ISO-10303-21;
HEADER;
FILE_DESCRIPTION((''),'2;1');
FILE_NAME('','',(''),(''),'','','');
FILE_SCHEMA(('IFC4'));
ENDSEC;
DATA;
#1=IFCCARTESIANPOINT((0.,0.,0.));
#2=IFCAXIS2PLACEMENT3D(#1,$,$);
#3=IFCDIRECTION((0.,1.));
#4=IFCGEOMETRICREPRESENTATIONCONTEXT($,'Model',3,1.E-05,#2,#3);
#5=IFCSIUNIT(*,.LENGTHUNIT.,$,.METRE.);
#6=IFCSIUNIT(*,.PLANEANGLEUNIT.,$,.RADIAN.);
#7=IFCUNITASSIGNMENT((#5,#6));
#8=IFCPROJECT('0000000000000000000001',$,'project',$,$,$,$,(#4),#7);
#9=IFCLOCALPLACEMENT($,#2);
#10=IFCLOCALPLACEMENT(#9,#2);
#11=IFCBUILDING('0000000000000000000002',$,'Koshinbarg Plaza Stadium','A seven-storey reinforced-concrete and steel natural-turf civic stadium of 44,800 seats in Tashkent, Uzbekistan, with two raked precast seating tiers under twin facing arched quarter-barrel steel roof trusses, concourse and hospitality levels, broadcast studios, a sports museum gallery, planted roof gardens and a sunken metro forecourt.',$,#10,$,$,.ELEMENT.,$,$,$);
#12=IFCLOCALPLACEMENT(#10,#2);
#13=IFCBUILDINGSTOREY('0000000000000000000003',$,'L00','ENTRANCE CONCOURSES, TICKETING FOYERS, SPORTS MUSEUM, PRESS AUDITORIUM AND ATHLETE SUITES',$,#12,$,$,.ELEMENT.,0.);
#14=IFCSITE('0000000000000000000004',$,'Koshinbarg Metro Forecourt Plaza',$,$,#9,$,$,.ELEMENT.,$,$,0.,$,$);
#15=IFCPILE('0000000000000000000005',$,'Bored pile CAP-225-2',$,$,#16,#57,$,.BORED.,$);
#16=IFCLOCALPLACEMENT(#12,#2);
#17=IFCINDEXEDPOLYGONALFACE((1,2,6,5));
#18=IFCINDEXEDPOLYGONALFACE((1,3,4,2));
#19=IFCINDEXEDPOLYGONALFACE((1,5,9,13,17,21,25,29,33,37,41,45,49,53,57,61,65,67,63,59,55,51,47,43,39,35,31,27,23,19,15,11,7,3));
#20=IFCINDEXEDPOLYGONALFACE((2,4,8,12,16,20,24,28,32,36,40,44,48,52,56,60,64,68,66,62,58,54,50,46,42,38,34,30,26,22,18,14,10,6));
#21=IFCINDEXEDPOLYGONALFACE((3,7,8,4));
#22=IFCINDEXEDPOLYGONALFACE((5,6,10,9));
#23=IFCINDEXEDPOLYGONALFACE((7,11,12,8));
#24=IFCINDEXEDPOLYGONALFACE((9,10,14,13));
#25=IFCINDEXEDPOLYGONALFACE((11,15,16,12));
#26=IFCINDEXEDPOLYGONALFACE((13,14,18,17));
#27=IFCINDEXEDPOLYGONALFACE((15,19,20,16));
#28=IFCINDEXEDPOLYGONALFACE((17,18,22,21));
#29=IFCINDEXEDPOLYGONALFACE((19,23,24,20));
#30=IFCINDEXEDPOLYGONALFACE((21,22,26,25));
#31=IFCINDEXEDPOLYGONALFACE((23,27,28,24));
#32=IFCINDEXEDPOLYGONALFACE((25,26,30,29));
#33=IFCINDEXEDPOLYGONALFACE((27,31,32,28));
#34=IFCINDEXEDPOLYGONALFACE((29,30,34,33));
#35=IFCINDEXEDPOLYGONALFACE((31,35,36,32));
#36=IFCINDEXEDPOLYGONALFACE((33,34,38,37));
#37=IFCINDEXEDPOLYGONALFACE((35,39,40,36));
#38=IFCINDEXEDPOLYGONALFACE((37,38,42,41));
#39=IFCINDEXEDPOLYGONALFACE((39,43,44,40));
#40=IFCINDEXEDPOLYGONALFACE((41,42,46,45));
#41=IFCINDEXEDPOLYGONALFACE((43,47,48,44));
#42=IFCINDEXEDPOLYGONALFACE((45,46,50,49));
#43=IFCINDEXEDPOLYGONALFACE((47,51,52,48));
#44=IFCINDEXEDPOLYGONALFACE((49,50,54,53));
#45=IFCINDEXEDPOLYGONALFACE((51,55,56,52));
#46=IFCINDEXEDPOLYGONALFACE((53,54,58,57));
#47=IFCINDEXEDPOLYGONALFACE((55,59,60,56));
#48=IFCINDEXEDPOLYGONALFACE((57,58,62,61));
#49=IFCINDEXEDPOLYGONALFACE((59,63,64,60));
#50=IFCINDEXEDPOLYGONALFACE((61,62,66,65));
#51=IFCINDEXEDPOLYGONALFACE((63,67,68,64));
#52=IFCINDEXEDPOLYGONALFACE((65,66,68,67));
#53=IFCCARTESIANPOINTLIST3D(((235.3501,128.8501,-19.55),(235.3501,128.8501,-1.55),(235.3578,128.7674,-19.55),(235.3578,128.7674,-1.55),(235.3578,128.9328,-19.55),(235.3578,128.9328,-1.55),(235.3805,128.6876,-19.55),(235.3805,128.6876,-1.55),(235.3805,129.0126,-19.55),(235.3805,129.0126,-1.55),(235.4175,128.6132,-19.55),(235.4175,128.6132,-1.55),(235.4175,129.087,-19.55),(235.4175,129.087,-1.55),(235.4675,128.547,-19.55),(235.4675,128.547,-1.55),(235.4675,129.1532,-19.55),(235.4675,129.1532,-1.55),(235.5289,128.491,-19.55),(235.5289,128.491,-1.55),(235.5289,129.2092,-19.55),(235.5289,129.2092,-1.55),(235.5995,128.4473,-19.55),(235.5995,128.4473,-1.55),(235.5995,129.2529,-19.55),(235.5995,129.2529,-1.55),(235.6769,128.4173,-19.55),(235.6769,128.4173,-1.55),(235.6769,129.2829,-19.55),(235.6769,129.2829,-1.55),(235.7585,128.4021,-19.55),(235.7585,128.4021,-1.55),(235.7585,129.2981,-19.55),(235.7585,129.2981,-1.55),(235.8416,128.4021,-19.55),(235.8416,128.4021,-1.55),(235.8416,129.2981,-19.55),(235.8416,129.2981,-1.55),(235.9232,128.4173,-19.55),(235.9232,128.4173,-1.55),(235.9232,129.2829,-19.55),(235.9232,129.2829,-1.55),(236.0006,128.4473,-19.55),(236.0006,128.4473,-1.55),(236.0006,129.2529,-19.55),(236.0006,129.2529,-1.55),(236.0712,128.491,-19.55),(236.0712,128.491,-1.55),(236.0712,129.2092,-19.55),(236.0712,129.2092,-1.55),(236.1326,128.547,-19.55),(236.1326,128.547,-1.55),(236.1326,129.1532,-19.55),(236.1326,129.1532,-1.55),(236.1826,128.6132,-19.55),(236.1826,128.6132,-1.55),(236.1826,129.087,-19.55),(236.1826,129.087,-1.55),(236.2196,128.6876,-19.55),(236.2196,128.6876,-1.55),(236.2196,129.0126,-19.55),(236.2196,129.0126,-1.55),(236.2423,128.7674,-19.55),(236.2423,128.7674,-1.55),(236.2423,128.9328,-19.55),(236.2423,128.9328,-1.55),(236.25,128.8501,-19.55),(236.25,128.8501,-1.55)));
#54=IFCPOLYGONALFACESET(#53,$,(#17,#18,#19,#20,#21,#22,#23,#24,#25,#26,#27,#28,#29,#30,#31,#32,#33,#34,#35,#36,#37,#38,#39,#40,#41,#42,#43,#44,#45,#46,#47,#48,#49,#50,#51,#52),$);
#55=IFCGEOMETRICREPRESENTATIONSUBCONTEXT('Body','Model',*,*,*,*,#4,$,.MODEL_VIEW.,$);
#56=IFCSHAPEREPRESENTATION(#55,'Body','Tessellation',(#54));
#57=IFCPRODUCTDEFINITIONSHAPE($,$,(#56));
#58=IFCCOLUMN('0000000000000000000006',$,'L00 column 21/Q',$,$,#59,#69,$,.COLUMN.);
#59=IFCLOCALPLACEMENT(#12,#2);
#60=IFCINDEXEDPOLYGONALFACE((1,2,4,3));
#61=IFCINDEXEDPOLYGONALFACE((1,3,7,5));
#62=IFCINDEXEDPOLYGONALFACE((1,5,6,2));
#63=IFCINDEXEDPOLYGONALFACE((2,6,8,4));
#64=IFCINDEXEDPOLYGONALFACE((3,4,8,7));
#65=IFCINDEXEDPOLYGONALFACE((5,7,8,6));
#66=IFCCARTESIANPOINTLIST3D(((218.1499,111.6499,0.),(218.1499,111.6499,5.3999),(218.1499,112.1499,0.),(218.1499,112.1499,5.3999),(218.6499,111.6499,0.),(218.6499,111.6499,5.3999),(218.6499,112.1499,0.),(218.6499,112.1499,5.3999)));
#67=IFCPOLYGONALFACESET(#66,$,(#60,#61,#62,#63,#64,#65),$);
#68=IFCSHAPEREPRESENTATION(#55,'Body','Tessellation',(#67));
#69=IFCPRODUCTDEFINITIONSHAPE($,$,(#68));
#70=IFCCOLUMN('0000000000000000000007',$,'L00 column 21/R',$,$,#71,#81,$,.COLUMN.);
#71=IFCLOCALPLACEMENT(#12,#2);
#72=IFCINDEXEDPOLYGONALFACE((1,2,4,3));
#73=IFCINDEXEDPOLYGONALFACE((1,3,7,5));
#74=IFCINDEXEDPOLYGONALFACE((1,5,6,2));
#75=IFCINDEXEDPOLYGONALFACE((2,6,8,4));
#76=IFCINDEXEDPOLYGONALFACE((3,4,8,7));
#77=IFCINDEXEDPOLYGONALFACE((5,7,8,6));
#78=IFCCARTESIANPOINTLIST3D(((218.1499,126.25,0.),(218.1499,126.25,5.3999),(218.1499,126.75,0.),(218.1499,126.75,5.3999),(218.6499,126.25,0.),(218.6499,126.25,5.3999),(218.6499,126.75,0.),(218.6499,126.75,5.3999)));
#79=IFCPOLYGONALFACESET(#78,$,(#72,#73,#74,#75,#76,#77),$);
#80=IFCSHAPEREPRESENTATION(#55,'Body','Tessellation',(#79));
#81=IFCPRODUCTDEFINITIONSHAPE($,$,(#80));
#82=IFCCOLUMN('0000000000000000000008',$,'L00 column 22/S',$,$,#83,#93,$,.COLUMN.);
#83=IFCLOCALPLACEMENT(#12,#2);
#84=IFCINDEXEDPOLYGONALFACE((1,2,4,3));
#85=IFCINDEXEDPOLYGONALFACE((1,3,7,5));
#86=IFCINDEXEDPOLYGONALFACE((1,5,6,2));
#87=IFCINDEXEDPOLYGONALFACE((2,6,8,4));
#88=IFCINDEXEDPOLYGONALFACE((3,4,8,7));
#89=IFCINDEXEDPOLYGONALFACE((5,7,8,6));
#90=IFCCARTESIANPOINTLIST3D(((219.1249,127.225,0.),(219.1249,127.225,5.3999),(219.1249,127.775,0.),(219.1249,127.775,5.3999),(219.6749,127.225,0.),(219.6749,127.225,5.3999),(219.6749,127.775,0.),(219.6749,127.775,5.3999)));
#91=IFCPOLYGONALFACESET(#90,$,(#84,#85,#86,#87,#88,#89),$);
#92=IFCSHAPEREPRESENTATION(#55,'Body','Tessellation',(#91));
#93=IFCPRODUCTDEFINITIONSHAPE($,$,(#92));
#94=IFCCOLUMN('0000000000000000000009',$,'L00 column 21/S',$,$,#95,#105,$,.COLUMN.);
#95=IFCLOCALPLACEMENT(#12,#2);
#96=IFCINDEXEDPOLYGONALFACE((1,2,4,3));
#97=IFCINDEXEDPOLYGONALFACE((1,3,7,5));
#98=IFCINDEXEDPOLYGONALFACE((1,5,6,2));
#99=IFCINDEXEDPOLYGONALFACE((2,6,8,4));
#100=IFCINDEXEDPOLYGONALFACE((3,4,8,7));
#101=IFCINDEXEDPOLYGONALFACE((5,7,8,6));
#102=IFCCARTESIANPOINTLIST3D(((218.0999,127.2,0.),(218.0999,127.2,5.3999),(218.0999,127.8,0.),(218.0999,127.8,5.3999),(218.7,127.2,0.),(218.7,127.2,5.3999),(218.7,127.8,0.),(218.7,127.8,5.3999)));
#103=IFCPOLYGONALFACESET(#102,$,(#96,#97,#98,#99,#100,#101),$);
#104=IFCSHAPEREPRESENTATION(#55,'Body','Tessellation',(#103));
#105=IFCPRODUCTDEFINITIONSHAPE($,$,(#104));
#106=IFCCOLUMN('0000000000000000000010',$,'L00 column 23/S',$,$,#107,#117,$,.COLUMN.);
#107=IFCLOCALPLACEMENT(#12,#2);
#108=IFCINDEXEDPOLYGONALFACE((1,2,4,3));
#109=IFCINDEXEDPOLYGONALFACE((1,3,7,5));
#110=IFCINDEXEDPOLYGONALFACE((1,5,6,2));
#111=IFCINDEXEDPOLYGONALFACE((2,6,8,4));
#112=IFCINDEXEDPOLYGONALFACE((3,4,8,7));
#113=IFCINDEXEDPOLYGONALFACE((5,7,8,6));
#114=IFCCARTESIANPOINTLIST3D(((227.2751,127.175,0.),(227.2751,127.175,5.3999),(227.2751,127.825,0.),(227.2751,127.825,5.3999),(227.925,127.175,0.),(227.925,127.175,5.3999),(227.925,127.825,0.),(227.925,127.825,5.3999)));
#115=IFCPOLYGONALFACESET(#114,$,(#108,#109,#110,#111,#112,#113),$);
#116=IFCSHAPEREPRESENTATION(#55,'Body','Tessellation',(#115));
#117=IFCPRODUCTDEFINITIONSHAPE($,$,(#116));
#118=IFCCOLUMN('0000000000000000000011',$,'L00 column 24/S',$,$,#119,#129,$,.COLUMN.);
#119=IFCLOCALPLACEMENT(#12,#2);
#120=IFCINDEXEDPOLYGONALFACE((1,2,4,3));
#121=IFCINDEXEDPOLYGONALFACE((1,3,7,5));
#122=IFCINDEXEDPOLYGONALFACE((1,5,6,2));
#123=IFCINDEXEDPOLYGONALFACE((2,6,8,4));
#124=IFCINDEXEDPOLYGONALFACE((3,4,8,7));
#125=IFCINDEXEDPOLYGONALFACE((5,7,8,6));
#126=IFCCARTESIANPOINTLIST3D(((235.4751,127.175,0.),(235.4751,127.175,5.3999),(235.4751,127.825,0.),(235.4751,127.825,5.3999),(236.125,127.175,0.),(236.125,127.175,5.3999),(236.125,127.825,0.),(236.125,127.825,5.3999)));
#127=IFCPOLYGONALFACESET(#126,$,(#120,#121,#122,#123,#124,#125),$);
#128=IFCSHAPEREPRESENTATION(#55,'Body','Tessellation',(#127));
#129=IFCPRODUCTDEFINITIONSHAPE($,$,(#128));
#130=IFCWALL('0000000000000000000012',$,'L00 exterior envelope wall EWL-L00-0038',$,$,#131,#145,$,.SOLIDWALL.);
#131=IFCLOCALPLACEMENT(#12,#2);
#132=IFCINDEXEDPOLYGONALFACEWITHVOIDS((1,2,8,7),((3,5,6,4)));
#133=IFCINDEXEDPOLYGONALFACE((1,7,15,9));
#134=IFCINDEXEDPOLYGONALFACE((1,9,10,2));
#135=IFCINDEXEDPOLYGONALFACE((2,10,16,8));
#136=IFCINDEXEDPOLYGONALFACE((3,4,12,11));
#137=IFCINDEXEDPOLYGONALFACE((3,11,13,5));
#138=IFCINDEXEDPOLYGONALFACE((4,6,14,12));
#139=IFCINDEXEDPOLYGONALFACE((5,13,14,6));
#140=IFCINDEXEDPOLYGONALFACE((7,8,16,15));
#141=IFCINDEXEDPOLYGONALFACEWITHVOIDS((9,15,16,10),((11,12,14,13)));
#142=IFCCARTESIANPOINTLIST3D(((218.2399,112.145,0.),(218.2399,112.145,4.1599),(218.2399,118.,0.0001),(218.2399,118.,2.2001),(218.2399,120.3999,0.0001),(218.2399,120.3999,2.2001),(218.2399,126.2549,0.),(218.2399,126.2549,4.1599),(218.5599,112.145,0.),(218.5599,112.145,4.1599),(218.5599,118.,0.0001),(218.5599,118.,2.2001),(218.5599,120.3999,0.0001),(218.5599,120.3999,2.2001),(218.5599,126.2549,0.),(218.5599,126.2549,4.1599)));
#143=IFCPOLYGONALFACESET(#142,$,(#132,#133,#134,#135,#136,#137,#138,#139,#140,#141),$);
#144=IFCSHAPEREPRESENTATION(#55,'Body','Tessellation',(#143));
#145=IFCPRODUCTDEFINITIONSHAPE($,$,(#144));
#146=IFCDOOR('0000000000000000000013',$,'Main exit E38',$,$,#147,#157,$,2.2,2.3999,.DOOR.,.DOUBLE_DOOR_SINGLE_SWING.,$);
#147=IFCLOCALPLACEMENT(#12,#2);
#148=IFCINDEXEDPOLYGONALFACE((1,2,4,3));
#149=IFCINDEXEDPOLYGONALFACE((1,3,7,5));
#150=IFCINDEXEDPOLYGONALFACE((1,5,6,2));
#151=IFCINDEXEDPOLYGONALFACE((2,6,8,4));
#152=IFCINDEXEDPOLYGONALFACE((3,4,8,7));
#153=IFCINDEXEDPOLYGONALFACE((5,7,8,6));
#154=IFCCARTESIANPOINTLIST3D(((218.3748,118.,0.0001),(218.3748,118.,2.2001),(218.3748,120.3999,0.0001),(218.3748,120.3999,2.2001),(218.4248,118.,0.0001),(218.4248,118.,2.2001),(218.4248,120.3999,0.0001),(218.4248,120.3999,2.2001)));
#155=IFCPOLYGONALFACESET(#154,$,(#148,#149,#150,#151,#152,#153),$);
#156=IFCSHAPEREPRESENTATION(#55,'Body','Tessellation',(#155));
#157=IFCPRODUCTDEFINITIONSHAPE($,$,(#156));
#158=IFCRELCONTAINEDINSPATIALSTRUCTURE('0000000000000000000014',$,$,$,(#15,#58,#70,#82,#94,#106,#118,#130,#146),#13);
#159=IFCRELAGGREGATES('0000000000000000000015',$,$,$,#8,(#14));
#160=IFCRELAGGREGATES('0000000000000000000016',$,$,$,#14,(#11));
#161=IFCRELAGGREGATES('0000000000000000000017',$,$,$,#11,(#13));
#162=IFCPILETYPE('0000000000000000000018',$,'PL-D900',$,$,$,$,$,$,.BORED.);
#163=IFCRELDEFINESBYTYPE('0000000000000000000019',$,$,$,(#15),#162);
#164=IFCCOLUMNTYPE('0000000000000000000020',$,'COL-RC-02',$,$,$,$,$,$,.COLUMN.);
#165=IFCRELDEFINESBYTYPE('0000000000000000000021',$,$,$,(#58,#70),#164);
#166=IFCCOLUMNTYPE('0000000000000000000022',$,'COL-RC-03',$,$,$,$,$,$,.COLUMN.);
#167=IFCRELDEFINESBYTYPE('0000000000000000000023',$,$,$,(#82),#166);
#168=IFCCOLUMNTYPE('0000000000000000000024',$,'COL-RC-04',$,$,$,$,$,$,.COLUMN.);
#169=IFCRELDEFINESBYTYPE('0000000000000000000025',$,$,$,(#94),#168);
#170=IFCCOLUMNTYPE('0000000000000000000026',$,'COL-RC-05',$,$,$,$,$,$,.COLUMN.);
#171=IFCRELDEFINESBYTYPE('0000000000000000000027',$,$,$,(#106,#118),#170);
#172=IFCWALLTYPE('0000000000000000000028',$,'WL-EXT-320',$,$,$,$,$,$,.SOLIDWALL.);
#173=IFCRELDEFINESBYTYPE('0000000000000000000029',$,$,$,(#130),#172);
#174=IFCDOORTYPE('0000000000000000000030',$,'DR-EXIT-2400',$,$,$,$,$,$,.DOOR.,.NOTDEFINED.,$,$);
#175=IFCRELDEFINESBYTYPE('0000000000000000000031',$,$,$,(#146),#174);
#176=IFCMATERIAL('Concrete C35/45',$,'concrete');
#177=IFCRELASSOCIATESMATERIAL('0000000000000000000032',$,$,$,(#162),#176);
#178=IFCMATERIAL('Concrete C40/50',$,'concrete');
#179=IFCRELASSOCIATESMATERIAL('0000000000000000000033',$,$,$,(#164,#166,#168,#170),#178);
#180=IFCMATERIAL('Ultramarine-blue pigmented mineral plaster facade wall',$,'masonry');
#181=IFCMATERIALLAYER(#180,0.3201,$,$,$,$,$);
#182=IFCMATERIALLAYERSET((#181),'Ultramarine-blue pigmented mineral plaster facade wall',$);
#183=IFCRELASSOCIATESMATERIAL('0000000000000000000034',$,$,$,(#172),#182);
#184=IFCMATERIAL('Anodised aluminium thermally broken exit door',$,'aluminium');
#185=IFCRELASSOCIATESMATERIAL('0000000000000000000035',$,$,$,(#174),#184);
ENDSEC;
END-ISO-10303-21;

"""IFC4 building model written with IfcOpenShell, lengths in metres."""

from ifc_helpers import new_model, si_unit, direction, frame, frame_2d, origin, origin_2d, place, context, subcontext, project, spatial, rectangle, circle, extrude, material, layer, layer_set, material_profile, profile_set, type_object, element, fill, save


model = new_model("IFC4")

# Units and contexts
model_context = context("Model", 3, precision=1e-05, world=origin(), true_north=direction((0.0, 1.0)))
body_context = subcontext(model_context, "Body", "Model", "MODEL_VIEW")
ifc_project = project(units=[si_unit("LENGTHUNIT", "METRE"), si_unit("PLANEANGLEUNIT", "RADIAN")], contexts=[model_context])

# Site, building, storey
site_placement = place(None, origin())
site = spatial("IfcSite", under=ifc_project, at=site_placement, Name="Koshinbarg Metro Forecourt Plaza", CompositionType="ELEMENT", RefElevation=0.0)
building_placement = place(site_placement, origin())
building = spatial("IfcBuilding", under=site, at=building_placement, Name="Koshinbarg Plaza Stadium", Description="A seven-storey reinforced-concrete and steel natural-turf civic stadium of 44,800 seats in Tashkent, Uzbekistan, with two raked precast seating tiers under twin facing arched quarter-barrel steel roof trusses, concourse and hospitality levels, broadcast studios, a sports museum gallery, planted roof gardens and a sunken metro forecourt.", CompositionType="ELEMENT")
storey_placement = place(building_placement, origin())
storey = spatial("IfcBuildingStorey", under=building, at=storey_placement, Name="L00", Description="ENTRANCE CONCOURSES, TICKETING FOYERS, SPORTS MUSEUM, PRESS AUDITORIUM AND ATHLETE SUITES", CompositionType="ELEMENT", Elevation=0.0)

# Shared definitions
ifc_material_1 = material(Name="Concrete C35/45", Category="concrete")

# Pile
ifc_material_profile_1 = material_profile(ifc_material_1, circle(Radius=0.45, at=origin_2d()), Name="PILE D900")
ifc_profile_set_1 = profile_set([ifc_material_profile_1], Name="Concrete C35/45")
pile_type_1 = type_object("IfcPileType", Name="PL-D900", PredefinedType="BORED", material=ifc_profile_set_1)
for number, where, z_axis, x_axis, name in (
    (1, (235.8, 128.8501, -1.55), (0.0, 0.0, -1.0), (1.0, 0.0, 0.0), "Bored pile CAP-225-2"),
):
    element("IfcPile", number, at=place(storey_placement, frame(where, z_axis=z_axis, x_axis=x_axis)), inside=storey, type_object=pile_type_1, Name=name, PredefinedType="BORED", context=body_context, shape_type="SweptSolid", body=[
        extrude(circle(Radius=0.45, at=origin_2d()), origin(), (0.0, 0.0, 1.0), 18.0),
    ])

# Columns
ifc_material_2 = material(Name="Concrete C40/50", Category="concrete")
ifc_material_profile_2 = material_profile(ifc_material_2, rectangle(XDim=0.5, YDim=0.5, at=origin_2d()), Name="RC 500x500")
ifc_profile_set_2 = profile_set([ifc_material_profile_2], Name="Concrete C40/50")
column_type_1 = type_object("IfcColumnType", Name="COL-RC-02", PredefinedType="COLUMN", material=ifc_profile_set_2)
for number, where, z_axis, x_axis, name in (
    (2, (218.3999, 111.8999, 0.0), (0.0, 0.0, 1.0), (1.0, 0.0, 0.0), "L00 column 21/Q"),
    (3, (218.3999, 126.5, 0.0), (0.0, 0.0, 1.0), (1.0, 0.0, 0.0), "L00 column 21/R"),
):
    element("IfcColumn", number, at=place(storey_placement, frame(where, z_axis=z_axis, x_axis=x_axis)), inside=storey, type_object=column_type_1, Name=name, PredefinedType="COLUMN", context=body_context, shape_type="SweptSolid", body=[
        extrude(rectangle(XDim=0.5, YDim=0.5, at=origin_2d()), origin(), (0.0, 0.0, 1.0), 5.3999),
    ])
ifc_material_profile_3 = material_profile(ifc_material_2, rectangle(XDim=0.55, YDim=0.55, at=origin_2d()), Name="RC 550x550")
ifc_profile_set_3 = profile_set([ifc_material_profile_3], Name="Concrete C40/50")
column_type_2 = type_object("IfcColumnType", Name="COL-RC-03", PredefinedType="COLUMN", material=ifc_profile_set_3)
column_1_placement = place(storey_placement, frame((219.3999, 127.5, 0.0), z_axis=(0.0, 0.0, 1.0), x_axis=(1.0, 0.0, 0.0)))
element("IfcColumn", 4, at=column_1_placement, inside=storey, type_object=column_type_2, Name="L00 column 22/S", PredefinedType="COLUMN", context=body_context, shape_type="SweptSolid", body=[
    extrude(rectangle(XDim=0.55, YDim=0.55, at=origin_2d()), origin(), (0.0, 0.0, 1.0), 5.3999),
])
ifc_material_profile_4 = material_profile(ifc_material_2, rectangle(XDim=0.6001, YDim=0.6001, at=origin_2d()), Name="RC 600x600")
ifc_profile_set_4 = profile_set([ifc_material_profile_4], Name="Concrete C40/50")
column_type_3 = type_object("IfcColumnType", Name="COL-RC-04", PredefinedType="COLUMN", material=ifc_profile_set_4)
column_2_placement = place(storey_placement, frame((218.3999, 127.5, 0.0), z_axis=(0.0, 0.0, 1.0), x_axis=(1.0, 0.0, 0.0)))
element("IfcColumn", 5, at=column_2_placement, inside=storey, type_object=column_type_3, Name="L00 column 21/S", PredefinedType="COLUMN", context=body_context, shape_type="SweptSolid", body=[
    extrude(rectangle(XDim=0.6001, YDim=0.6001, at=origin_2d()), origin(), (0.0, 0.0, 1.0), 5.3999),
])
ifc_material_profile_5 = material_profile(ifc_material_2, rectangle(XDim=0.6499, YDim=0.6499, at=origin_2d()), Name="RC 650x650")
ifc_profile_set_5 = profile_set([ifc_material_profile_5], Name="Concrete C40/50")
column_type_4 = type_object("IfcColumnType", Name="COL-RC-05", PredefinedType="COLUMN", material=ifc_profile_set_5)
for number, where, z_axis, x_axis, name in (
    (6, (227.6001, 127.5, 0.0), (0.0, 0.0, 1.0), (1.0, 0.0, 0.0), "L00 column 23/S"),
    (7, (235.8, 127.5, 0.0), (0.0, 0.0, 1.0), (1.0, 0.0, 0.0), "L00 column 24/S"),
):
    element("IfcColumn", number, at=place(storey_placement, frame(where, z_axis=z_axis, x_axis=x_axis)), inside=storey, type_object=column_type_4, Name=name, PredefinedType="COLUMN", context=body_context, shape_type="SweptSolid", body=[
        extrude(rectangle(XDim=0.6499, YDim=0.6499, at=origin_2d()), origin(), (0.0, 0.0, 1.0), 5.3999),
    ])

# Wall, opening, door
ifc_material_3 = material(Name="Ultramarine-blue pigmented mineral plaster facade wall", Category="masonry")
ifc_layer_1 = layer(ifc_material_3, 0.3201)
ifc_layer_set_1 = layer_set([ifc_layer_1], Name="Ultramarine-blue pigmented mineral plaster facade wall")
wall_type_1 = type_object("IfcWallType", Name="WL-EXT-320", PredefinedType="SOLIDWALL", material=ifc_layer_set_1)
wall_1_placement = place(storey_placement, frame((218.3999, 126.2549, 0.0), z_axis=(0.0, 0.0, 1.0), x_axis=(0.0, -1.0, 0.0)))
wall_1 = element("IfcWall", 8, at=wall_1_placement, inside=storey, type_object=wall_type_1, Name="L00 exterior envelope wall EWL-L00-0038", PredefinedType="SOLIDWALL", context=body_context, shape_type="SweptSolid", body=[
    extrude(rectangle(XDim=14.1099, YDim=0.3201, at=frame_2d((7.0549, 0.0))), origin(), (0.0, 0.0, 1.0), 4.1599),
])
opening_1_placement = place(wall_1_placement, frame((5.855, 0.0, 0.0)))
opening_1 = element("IfcOpeningElement", 9, at=opening_1_placement, cuts=wall_1, PredefinedType="OPENING", context=body_context, shape_type="SweptSolid", body=[
    extrude(rectangle(XDim=2.3999, YDim=2.2, at=frame_2d((1.2, 1.1001))), frame((0.0, 0.1699, 0.0), z_axis=(0.0, -1.0, 0.0), x_axis=(1.0, 0.0, 0.0)), (0.0, 0.0, 1.0), 0.3401),
])
ifc_material_4 = material(Name="Anodised aluminium thermally broken exit door", Category="aluminium")
door_type_1 = type_object("IfcDoorType", Name="DR-EXIT-2400", OperationType="NOTDEFINED", PredefinedType="DOOR", material=ifc_material_4)
door_1_placement = place(opening_1_placement, origin())
door_1 = element("IfcDoor", 10, at=door_1_placement, inside=storey, type_object=door_type_1, Name="Main exit E38", OperationType="DOUBLE_DOOR_SINGLE_SWING", OverallHeight=2.2, OverallWidth=2.3999, PredefinedType="DOOR", context=body_context, shape_type="SweptSolid", body=[
    extrude(rectangle(XDim=2.3999, YDim=2.2, at=frame_2d((1.2, 1.1001))), frame((0.0, 0.0249, 0.0), z_axis=(0.0, -1.0, 0.0), x_axis=(1.0, 0.0, 0.0)), (0.0, 0.0, 1.0), 0.05),
])
fill(opening_1, door_1)

save(model, "model.ifc")
